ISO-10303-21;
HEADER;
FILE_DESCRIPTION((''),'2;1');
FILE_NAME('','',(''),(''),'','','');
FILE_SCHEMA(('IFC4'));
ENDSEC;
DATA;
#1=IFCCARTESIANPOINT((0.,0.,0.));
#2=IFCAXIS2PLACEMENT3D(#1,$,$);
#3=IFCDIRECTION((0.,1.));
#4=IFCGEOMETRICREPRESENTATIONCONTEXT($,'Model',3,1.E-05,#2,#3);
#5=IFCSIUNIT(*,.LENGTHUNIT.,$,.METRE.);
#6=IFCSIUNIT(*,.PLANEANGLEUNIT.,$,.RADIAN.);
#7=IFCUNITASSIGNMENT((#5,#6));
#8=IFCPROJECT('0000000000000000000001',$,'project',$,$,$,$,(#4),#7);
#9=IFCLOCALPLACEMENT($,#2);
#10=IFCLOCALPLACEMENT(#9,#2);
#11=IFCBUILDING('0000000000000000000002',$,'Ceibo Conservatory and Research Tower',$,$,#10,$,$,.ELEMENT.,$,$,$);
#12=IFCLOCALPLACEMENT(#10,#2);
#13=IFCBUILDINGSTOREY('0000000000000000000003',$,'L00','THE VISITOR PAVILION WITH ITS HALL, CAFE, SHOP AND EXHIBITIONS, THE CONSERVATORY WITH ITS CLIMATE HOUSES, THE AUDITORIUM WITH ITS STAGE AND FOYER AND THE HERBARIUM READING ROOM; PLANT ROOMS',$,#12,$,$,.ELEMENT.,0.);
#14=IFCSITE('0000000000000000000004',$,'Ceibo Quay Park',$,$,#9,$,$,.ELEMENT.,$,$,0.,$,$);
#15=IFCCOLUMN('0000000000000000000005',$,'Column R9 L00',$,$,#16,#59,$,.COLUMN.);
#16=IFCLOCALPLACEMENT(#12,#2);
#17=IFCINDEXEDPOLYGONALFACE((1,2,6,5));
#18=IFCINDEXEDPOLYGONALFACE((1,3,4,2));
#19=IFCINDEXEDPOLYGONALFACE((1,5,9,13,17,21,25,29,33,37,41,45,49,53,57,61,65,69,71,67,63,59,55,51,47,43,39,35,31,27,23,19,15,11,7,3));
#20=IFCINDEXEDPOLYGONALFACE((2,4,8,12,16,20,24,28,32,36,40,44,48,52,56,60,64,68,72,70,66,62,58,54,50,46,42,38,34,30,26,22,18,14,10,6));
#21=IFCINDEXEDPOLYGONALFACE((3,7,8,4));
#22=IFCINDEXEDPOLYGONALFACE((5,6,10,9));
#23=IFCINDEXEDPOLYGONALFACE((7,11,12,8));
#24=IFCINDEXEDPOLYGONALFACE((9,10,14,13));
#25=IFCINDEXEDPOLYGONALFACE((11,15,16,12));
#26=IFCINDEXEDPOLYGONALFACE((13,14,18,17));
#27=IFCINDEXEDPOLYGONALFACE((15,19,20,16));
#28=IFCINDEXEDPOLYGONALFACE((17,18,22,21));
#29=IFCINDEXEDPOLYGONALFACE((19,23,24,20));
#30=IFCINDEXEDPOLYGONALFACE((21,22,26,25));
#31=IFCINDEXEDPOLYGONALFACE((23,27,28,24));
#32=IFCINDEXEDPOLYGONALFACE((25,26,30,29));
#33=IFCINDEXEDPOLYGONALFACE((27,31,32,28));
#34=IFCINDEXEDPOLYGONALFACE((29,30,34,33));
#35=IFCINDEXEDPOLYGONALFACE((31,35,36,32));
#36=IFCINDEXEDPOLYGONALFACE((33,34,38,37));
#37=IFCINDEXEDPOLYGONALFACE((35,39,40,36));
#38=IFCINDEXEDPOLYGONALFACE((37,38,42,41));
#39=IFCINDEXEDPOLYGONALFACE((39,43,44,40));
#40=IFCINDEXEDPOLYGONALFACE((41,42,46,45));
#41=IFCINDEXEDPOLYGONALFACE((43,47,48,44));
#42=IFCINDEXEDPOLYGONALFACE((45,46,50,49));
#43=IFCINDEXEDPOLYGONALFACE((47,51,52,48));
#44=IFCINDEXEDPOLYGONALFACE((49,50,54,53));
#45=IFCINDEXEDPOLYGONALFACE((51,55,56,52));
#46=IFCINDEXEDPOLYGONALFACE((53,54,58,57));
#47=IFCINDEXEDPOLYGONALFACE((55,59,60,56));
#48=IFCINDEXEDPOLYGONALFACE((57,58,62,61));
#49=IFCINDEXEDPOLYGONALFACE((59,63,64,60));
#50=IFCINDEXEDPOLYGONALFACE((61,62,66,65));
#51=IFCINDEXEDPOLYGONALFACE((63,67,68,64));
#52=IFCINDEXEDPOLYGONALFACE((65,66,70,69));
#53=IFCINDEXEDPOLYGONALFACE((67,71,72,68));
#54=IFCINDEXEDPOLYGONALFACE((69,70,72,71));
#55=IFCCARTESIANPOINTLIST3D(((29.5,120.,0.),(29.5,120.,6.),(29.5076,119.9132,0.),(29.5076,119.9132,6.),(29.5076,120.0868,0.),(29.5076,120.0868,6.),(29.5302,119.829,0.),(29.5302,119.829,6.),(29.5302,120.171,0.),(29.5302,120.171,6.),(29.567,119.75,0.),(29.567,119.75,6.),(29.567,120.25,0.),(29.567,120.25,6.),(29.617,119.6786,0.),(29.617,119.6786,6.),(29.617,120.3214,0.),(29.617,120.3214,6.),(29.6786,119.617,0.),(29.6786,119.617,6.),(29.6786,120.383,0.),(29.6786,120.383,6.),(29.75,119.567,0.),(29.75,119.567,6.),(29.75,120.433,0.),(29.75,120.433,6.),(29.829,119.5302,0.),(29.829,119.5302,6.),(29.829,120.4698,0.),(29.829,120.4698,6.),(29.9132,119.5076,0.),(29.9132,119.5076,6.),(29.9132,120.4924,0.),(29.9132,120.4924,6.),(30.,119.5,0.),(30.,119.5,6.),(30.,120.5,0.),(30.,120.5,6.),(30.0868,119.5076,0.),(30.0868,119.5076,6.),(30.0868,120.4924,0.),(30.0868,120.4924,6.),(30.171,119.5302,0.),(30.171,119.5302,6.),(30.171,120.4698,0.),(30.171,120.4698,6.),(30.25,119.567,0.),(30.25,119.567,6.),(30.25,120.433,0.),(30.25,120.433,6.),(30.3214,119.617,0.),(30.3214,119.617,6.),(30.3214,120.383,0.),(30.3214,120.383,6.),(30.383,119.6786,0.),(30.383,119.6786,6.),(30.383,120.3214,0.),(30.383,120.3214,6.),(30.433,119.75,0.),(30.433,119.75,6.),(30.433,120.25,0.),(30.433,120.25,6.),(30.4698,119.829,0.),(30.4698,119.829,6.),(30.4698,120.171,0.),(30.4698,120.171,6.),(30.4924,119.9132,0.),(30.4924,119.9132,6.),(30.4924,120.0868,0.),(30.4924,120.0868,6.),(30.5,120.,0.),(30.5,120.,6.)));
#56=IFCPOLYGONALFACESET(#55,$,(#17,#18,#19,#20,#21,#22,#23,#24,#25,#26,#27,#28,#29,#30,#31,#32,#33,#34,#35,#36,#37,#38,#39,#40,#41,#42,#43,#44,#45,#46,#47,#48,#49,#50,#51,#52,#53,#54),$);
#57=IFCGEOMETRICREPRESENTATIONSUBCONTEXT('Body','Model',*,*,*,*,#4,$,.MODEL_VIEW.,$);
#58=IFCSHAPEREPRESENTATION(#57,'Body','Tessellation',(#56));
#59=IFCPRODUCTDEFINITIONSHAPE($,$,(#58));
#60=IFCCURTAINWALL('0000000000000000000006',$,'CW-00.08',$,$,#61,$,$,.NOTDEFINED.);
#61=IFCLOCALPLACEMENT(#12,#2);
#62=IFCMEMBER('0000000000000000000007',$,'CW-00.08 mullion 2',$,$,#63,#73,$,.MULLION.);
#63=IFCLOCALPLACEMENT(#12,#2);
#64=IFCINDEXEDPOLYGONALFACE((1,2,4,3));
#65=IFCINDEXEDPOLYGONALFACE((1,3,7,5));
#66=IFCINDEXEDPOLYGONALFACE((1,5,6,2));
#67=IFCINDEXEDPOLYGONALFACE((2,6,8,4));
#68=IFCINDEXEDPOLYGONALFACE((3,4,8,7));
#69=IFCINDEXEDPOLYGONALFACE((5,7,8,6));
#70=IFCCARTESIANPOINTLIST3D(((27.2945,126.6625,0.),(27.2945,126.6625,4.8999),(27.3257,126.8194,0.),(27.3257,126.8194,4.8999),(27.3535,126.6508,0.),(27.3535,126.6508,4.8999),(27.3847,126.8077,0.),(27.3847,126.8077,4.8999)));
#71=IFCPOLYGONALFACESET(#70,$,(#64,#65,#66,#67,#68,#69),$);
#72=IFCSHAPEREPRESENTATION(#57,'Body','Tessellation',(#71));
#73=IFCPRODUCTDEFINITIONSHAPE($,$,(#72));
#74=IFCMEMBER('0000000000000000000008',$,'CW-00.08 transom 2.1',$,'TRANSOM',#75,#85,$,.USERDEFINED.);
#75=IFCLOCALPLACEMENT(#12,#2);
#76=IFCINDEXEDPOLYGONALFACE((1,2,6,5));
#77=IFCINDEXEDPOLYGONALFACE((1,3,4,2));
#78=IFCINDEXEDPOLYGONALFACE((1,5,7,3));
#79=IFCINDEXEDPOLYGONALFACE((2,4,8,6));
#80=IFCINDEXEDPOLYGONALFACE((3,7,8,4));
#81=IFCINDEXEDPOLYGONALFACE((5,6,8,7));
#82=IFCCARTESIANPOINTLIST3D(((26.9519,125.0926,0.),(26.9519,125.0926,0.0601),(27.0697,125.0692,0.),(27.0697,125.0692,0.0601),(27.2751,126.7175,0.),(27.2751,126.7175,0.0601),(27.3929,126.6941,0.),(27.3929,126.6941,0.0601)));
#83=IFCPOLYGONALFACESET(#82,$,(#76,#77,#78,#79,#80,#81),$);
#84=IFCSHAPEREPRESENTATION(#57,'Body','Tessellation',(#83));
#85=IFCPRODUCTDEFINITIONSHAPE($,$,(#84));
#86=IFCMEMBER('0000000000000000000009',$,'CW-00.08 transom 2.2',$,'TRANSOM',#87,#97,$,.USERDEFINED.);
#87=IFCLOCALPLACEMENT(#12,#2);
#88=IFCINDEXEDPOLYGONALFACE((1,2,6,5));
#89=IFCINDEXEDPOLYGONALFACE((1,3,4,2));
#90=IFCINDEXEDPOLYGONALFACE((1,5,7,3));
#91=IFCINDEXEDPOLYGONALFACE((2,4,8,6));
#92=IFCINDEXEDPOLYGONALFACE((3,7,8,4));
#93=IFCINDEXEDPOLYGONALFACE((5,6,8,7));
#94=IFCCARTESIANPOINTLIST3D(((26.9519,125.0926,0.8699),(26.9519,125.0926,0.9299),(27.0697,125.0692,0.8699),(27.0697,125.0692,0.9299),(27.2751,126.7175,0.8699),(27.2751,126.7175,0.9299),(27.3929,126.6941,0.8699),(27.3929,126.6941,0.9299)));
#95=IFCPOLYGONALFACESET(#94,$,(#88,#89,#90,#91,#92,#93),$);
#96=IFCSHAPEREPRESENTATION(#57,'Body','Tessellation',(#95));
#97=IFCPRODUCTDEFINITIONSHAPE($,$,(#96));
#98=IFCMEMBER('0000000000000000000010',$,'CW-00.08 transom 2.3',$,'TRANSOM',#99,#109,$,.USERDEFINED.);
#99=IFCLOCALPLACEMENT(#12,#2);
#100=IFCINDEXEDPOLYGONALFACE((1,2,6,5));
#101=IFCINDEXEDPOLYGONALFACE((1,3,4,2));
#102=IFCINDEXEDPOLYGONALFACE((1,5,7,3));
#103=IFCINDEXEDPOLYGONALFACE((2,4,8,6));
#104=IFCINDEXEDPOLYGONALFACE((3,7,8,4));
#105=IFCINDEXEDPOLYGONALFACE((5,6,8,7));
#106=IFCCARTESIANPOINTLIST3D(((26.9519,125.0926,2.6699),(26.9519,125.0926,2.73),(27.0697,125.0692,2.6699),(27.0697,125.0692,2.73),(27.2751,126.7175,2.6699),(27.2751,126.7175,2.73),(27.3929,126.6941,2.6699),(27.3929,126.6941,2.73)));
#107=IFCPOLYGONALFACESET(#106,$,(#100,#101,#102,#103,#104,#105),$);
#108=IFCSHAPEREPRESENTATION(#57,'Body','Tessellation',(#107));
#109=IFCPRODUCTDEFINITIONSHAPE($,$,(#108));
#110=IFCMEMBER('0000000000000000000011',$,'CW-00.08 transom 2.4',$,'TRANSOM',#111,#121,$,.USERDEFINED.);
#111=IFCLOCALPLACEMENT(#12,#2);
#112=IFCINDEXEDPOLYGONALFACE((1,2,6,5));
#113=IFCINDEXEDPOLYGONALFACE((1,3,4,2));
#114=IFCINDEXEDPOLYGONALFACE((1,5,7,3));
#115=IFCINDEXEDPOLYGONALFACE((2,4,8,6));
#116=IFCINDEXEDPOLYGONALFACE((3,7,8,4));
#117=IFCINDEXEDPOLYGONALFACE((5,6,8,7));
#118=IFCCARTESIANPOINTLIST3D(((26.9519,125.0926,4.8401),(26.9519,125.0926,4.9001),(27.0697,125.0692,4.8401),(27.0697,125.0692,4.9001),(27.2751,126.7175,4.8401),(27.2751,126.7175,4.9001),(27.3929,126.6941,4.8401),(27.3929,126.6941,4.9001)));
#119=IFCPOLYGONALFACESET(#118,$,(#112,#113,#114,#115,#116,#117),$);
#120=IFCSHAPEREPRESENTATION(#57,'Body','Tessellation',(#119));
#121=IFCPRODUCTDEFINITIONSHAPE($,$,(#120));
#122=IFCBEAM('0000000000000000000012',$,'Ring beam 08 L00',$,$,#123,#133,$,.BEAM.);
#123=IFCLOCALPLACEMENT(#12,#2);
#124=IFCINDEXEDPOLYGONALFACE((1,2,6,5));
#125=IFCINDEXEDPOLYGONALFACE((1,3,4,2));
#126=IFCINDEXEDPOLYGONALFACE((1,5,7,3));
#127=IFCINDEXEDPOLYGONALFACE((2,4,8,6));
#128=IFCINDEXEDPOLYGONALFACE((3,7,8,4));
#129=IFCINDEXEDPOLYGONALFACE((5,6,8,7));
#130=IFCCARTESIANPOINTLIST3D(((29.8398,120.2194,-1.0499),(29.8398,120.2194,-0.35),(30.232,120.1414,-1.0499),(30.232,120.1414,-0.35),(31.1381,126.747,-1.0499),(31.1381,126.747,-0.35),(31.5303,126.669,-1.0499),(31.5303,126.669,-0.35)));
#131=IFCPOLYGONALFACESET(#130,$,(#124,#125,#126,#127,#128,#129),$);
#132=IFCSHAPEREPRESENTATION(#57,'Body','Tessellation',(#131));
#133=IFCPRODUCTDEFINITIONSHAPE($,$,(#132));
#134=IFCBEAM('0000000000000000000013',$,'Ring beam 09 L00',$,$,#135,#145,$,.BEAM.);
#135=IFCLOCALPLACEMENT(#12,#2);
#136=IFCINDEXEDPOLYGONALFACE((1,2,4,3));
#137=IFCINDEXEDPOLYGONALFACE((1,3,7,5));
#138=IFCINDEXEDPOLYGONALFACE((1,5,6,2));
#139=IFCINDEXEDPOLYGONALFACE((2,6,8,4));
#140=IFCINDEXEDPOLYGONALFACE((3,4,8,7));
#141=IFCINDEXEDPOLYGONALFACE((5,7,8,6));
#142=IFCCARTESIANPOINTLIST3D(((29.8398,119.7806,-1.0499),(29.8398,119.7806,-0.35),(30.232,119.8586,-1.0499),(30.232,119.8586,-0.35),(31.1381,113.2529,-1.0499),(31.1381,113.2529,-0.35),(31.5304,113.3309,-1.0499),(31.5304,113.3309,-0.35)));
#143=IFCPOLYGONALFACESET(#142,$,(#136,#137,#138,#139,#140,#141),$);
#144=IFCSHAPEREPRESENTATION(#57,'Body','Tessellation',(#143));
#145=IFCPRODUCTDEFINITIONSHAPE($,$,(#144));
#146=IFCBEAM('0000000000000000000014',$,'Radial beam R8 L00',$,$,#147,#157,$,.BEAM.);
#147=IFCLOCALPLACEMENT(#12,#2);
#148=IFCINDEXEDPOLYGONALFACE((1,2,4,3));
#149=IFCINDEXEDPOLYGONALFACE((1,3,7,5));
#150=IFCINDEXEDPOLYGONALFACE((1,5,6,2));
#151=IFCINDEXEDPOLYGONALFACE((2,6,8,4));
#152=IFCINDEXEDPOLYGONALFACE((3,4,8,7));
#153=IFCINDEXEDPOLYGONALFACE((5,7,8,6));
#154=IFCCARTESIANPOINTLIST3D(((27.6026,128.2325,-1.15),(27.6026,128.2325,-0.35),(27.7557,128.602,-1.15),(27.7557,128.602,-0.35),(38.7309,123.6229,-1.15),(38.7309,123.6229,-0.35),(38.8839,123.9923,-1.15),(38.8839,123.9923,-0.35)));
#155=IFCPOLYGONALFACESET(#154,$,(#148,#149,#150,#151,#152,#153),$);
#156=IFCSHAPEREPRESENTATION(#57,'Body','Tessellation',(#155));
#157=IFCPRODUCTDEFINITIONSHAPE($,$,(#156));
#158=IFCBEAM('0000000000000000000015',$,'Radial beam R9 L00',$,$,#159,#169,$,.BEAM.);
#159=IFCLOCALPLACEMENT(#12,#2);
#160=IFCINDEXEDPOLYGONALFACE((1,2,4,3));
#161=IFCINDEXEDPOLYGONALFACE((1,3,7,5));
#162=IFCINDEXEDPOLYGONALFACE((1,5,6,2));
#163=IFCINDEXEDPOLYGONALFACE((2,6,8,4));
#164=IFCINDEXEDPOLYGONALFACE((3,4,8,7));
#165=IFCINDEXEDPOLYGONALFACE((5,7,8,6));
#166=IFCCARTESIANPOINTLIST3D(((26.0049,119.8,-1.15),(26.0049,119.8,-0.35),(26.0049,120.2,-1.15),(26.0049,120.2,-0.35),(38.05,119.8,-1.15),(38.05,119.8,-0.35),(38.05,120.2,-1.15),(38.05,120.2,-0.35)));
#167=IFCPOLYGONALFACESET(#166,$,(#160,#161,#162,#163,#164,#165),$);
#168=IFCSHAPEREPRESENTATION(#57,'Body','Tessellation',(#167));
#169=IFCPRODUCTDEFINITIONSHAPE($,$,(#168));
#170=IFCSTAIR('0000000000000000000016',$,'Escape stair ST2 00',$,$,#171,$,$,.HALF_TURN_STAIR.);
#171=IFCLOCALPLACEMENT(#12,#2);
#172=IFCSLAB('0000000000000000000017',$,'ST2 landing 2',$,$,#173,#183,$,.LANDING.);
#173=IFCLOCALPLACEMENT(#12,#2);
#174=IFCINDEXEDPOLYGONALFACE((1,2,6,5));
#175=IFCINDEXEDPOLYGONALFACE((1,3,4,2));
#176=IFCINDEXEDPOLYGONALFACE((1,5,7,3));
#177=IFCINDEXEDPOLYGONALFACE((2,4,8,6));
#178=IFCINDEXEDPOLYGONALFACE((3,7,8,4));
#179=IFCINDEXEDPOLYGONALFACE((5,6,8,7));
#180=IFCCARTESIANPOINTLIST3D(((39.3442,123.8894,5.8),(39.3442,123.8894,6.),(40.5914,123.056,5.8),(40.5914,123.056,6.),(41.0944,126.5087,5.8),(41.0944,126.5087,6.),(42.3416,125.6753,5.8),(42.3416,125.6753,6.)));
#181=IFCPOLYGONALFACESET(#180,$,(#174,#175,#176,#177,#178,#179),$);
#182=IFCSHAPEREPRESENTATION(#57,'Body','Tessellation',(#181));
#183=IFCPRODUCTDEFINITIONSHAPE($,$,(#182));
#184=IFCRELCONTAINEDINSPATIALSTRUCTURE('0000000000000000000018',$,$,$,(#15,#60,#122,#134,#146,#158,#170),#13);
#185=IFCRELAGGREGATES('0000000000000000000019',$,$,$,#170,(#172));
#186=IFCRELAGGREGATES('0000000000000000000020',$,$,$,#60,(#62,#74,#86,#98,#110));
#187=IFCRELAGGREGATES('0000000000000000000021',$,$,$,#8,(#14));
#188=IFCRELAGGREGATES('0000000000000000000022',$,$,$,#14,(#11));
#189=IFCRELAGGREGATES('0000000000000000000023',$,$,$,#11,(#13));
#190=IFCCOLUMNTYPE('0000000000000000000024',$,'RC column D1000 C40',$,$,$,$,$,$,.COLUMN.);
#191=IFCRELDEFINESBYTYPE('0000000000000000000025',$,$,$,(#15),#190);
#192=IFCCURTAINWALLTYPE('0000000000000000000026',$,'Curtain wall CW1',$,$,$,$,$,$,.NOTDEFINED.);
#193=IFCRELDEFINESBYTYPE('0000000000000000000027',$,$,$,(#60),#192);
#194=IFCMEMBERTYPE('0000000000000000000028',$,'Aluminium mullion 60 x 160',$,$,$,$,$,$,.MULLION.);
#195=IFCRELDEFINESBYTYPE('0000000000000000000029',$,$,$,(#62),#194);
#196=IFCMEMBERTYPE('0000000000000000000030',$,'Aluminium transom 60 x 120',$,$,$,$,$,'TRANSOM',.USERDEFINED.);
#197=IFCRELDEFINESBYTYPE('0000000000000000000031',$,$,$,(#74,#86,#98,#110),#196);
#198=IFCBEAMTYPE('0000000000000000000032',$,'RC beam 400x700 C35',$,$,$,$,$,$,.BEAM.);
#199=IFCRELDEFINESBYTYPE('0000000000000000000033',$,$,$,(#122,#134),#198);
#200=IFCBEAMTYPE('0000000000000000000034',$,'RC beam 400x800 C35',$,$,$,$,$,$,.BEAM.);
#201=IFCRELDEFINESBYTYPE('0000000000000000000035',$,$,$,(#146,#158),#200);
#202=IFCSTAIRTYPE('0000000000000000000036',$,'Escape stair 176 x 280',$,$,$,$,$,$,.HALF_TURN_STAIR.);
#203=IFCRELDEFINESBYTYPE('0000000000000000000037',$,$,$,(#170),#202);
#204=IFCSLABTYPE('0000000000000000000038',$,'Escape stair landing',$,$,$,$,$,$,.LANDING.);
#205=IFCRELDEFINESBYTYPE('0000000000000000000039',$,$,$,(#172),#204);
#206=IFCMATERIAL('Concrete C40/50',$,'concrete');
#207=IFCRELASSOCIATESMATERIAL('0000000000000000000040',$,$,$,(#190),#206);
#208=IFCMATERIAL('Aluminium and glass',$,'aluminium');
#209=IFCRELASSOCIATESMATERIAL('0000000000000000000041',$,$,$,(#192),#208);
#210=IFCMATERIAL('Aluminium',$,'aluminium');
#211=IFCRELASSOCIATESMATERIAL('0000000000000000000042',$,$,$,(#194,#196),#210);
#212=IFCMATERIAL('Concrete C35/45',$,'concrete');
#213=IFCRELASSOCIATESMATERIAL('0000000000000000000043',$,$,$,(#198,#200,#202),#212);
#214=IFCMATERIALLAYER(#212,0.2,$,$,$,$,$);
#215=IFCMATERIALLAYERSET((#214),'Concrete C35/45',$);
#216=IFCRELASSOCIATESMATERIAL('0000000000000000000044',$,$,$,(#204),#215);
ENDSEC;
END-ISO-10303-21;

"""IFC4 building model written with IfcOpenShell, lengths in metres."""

from ifc_helpers import new_model, si_unit, direction, frame, origin, origin_2d, place, context, subcontext, project, spatial, polyline, rectangle, circle, outline, extrude, material, layer, layer_set, material_profile, profile_set, type_object, element, aggregate, save


model = new_model("IFC4")

# Units and contexts
model_context = context("Model", 3, precision=1e-05, world=origin(), true_north=direction((0.0, 1.0)))
body_context = subcontext(model_context, "Body", "Model", "MODEL_VIEW")
ifc_project = project(units=[si_unit("LENGTHUNIT", "METRE"), si_unit("PLANEANGLEUNIT", "RADIAN")], contexts=[model_context])

# Site, building, storey
site_placement = place(None, origin())
site = spatial("IfcSite", under=ifc_project, at=site_placement, Name="Ceibo Quay Park", CompositionType="ELEMENT", RefElevation=0.0)
building_placement = place(site_placement, origin())
building = spatial("IfcBuilding", under=site, at=building_placement, Name="Ceibo Conservatory and Research Tower", CompositionType="ELEMENT")
storey_placement = place(building_placement, origin())
storey = spatial("IfcBuildingStorey", under=building, at=storey_placement, Name="L00", Description="THE VISITOR PAVILION WITH ITS HALL, CAFE, SHOP AND EXHIBITIONS, THE CONSERVATORY WITH ITS CLIMATE HOUSES, THE AUDITORIUM WITH ITS STAGE AND FOYER AND THE HERBARIUM READING ROOM; PLANT ROOMS", CompositionType="ELEMENT", Elevation=0.0)

# Column
ifc_material_1 = material(Name="Concrete C40/50", Category="concrete")
ifc_material_profile_1 = material_profile(ifc_material_1, circle(Radius=0.5, at=origin_2d()), Name="RC D1000")
ifc_profile_set_1 = profile_set([ifc_material_profile_1], Name="Concrete C40/50")
column_type = type_object("IfcColumnType", Name="RC column D1000 C40", PredefinedType="COLUMN", material=ifc_profile_set_1)
column_placement = place(storey_placement, frame((30.0, 120.0, 0.0), z_axis=(0.0, 0.0, 1.0), x_axis=(1.0, 0.0, 0.0)))
element("IfcColumn", 1, at=column_placement, inside=storey, type_object=column_type, Name="Column R9 L00", PredefinedType="COLUMN", context=body_context, shape_type="SweptSolid", body=[
    extrude(circle(Radius=0.5, at=origin_2d()), origin(), (0.0, 0.0, 1.0), 6.0),
])

# Curtain wall, members
ifc_material_2 = material(Name="Aluminium and glass", Category="aluminium")
curtain_wall_type = type_object("IfcCurtainWallType", Name="Curtain wall CW1", PredefinedType="NOTDEFINED", material=ifc_material_2)
curtain_wall_placement = place(storey_placement, origin())
curtain_wall = element("IfcCurtainWall", 2, at=curtain_wall_placement, inside=storey, type_object=curtain_wall_type, Name="CW-00.08", PredefinedType="NOTDEFINED")
ifc_material_3 = material(Name="Aluminium", Category="aluminium")
ifc_material_profile_2 = material_profile(ifc_material_3, rectangle(XDim=0.0601, YDim=0.1599, at=origin_2d()), Name="Aluminium 60 x 160")
ifc_profile_set_2 = profile_set([ifc_material_profile_2], Name="Aluminium")
member_type_1 = type_object("IfcMemberType", Name="Aluminium mullion 60 x 160", PredefinedType="MULLION", material=ifc_profile_set_2)
member_1_placement = place(storey_placement, frame((27.3396, 126.7351, 0.0), z_axis=(0.0, 0.0, 1.0), x_axis=(0.980785, -0.19509, 0.0)))
member_1 = element("IfcMember", 3, at=member_1_placement, type_object=member_type_1, Name="CW-00.08 mullion 2", PredefinedType="MULLION", context=body_context, shape_type="SweptSolid", body=[
    extrude(rectangle(XDim=0.0601, YDim=0.1599, at=origin_2d()), origin(), (0.0, 0.0, 1.0), 4.8999),
])
ifc_material_profile_3 = material_profile(ifc_material_3, rectangle(XDim=0.1201, YDim=0.0601, at=origin_2d()), Name="Aluminium 60 x 120")
ifc_profile_set_3 = profile_set([ifc_material_profile_3], Name="Aluminium")
member_type_2 = type_object("IfcMemberType", Name="Aluminium transom 60 x 120", ElementType="TRANSOM", PredefinedType="USERDEFINED", material=ifc_profile_set_3)
member_2_placement = place(storey_placement, frame((27.334, 126.7058, 0.03), z_axis=(-0.195096, -0.980784, 0.0), x_axis=(0.980784, -0.195096, 0.0)))
member_2 = element("IfcMember", 4, at=member_2_placement, type_object=member_type_2, Name="CW-00.08 transom 2.1", ObjectType="TRANSOM", PredefinedType="USERDEFINED", context=body_context, shape_type="SweptSolid", body=[
    extrude(rectangle(XDim=0.1201, YDim=0.0601, at=origin_2d()), origin(), (0.0, 0.0, 1.0), 1.6567),
])
member_3_placement = place(storey_placement, frame((27.334, 126.7058, 0.8999), z_axis=(-0.195096, -0.980784, 0.0), x_axis=(0.980784, -0.195096, 0.0)))
member_3 = element("IfcMember", 5, at=member_3_placement, type_object=member_type_2, Name="CW-00.08 transom 2.2", ObjectType="TRANSOM", PredefinedType="USERDEFINED", context=body_context, shape_type="SweptSolid", body=[
    extrude(rectangle(XDim=0.1201, YDim=0.0601, at=origin_2d()), origin(), (0.0, 0.0, 1.0), 1.6567),
])
member_4_placement = place(storey_placement, frame((27.334, 126.7058, 2.7), z_axis=(-0.195096, -0.980784, 0.0), x_axis=(0.980784, -0.195096, 0.0)))
member_4 = element("IfcMember", 6, at=member_4_placement, type_object=member_type_2, Name="CW-00.08 transom 2.3", ObjectType="TRANSOM", PredefinedType="USERDEFINED", context=body_context, shape_type="SweptSolid", body=[
    extrude(rectangle(XDim=0.1201, YDim=0.0601, at=origin_2d()), origin(), (0.0, 0.0, 1.0), 1.6567),
])
member_5_placement = place(storey_placement, frame((27.334, 126.7058, 4.8701), z_axis=(-0.195096, -0.980784, 0.0), x_axis=(0.980784, -0.195096, 0.0)))
member_5 = element("IfcMember", 7, at=member_5_placement, type_object=member_type_2, Name="CW-00.08 transom 2.4", ObjectType="TRANSOM", PredefinedType="USERDEFINED", context=body_context, shape_type="SweptSolid", body=[
    extrude(rectangle(XDim=0.1201, YDim=0.0601, at=origin_2d()), origin(), (0.0, 0.0, 1.0), 1.6567),
])

# Beams
ifc_material_4 = material(Name="Concrete C35/45", Category="concrete")
ifc_material_profile_4 = material_profile(ifc_material_4, rectangle(XDim=0.3999, YDim=0.7, at=origin_2d()), Name="RC 400x700")
ifc_profile_set_4 = profile_set([ifc_material_profile_4], Name="Concrete C35/45")
beam_type_1 = type_object("IfcBeamType", Name="RC beam 400x700 C35", PredefinedType="BEAM", material=ifc_profile_set_4)
for number, where, z_axis, x_axis, name in (
    (8, (31.3342, 126.708, -0.7), (-0.195079, -0.980788, 0.0), (0.980788, -0.195079, 0.0), "Ring beam 08 L00"),
    (9, (30.0359, 119.8196, -0.7), (0.195079, -0.980788, 0.0), (0.980788, 0.195079, 0.0), "Ring beam 09 L00"),
):
    element("IfcBeam", number, at=place(storey_placement, frame(where, z_axis=z_axis, x_axis=x_axis)), inside=storey, type_object=beam_type_1, Name=name, PredefinedType="BEAM", context=body_context, shape_type="SweptSolid", body=[
        extrude(rectangle(XDim=0.3999, YDim=0.7, at=origin_2d()), origin(), (0.0, 0.0, 1.0), 6.6555),
    ])
ifc_material_profile_5 = material_profile(ifc_material_4, rectangle(XDim=0.3999, YDim=0.8, at=origin_2d()), Name="RC 400x800")
ifc_profile_set_5 = profile_set([ifc_material_profile_5], Name="Concrete C35/45")
beam_type_2 = type_object("IfcBeamType", Name="RC beam 400x800 C35", PredefinedType="BEAM", material=ifc_profile_set_5)
for number, where, z_axis, x_axis, name in (
    (10, (38.8074, 123.8076, -0.75), (-0.923874, 0.382696, 0.0), (-0.382696, -0.923874, 0.0), "Radial beam R8 L00"),
    (11, (38.05, 120.0, -0.75), (-1.0, 0.0, 0.0), (0.0, -1.0, 0.0), "Radial beam R9 L00"),
):
    element("IfcBeam", number, at=place(storey_placement, frame(where, z_axis=z_axis, x_axis=x_axis)), inside=storey, type_object=beam_type_2, Name=name, PredefinedType="BEAM", context=body_context, shape_type="SweptSolid", body=[
        extrude(rectangle(XDim=0.3999, YDim=0.8, at=origin_2d()), origin(), (0.0, 0.0, 1.0), 12.0452),
    ])

# Stair, slab
stair_type = type_object("IfcStairType", Name="Escape stair 176 x 280", PredefinedType="HALF_TURN_STAIR", material=ifc_material_4)
stair_placement = place(storey_placement, origin())
stair = element("IfcStair", 12, at=stair_placement, inside=storey, type_object=stair_type, Name="Escape stair ST2 00", PredefinedType="HALF_TURN_STAIR")
ifc_layer_1 = layer(ifc_material_4, 0.2)
ifc_layer_set_1 = layer_set([ifc_layer_1], Name="Concrete C35/45")
slab_type = type_object("IfcSlabType", Name="Escape stair landing", PredefinedType="LANDING", material=ifc_layer_set_1)
slab_placement = place(storey_placement, frame((39.3442, 123.8894, 5.8), z_axis=(0.0, 0.0, 1.0), x_axis=(0.83147, -0.55557, 0.0)))
slab = element("IfcSlab", 13, at=slab_placement, type_object=slab_type, Name="ST2 landing 2", PredefinedType="LANDING", context=body_context, shape_type="SweptSolid", body=[
    extrude(outline(polyline([(0.0, 0.0), (1.5, 0.0), (1.5, 3.1501), (0.0, 3.1501), (0.0, 0.0)])), origin(), (0.0, 0.0, 1.0), 0.2),
])
aggregate(stair, [slab])

aggregate(curtain_wall, [member_1, member_2, member_3, member_4, member_5])

save(model, "model.ifc")
